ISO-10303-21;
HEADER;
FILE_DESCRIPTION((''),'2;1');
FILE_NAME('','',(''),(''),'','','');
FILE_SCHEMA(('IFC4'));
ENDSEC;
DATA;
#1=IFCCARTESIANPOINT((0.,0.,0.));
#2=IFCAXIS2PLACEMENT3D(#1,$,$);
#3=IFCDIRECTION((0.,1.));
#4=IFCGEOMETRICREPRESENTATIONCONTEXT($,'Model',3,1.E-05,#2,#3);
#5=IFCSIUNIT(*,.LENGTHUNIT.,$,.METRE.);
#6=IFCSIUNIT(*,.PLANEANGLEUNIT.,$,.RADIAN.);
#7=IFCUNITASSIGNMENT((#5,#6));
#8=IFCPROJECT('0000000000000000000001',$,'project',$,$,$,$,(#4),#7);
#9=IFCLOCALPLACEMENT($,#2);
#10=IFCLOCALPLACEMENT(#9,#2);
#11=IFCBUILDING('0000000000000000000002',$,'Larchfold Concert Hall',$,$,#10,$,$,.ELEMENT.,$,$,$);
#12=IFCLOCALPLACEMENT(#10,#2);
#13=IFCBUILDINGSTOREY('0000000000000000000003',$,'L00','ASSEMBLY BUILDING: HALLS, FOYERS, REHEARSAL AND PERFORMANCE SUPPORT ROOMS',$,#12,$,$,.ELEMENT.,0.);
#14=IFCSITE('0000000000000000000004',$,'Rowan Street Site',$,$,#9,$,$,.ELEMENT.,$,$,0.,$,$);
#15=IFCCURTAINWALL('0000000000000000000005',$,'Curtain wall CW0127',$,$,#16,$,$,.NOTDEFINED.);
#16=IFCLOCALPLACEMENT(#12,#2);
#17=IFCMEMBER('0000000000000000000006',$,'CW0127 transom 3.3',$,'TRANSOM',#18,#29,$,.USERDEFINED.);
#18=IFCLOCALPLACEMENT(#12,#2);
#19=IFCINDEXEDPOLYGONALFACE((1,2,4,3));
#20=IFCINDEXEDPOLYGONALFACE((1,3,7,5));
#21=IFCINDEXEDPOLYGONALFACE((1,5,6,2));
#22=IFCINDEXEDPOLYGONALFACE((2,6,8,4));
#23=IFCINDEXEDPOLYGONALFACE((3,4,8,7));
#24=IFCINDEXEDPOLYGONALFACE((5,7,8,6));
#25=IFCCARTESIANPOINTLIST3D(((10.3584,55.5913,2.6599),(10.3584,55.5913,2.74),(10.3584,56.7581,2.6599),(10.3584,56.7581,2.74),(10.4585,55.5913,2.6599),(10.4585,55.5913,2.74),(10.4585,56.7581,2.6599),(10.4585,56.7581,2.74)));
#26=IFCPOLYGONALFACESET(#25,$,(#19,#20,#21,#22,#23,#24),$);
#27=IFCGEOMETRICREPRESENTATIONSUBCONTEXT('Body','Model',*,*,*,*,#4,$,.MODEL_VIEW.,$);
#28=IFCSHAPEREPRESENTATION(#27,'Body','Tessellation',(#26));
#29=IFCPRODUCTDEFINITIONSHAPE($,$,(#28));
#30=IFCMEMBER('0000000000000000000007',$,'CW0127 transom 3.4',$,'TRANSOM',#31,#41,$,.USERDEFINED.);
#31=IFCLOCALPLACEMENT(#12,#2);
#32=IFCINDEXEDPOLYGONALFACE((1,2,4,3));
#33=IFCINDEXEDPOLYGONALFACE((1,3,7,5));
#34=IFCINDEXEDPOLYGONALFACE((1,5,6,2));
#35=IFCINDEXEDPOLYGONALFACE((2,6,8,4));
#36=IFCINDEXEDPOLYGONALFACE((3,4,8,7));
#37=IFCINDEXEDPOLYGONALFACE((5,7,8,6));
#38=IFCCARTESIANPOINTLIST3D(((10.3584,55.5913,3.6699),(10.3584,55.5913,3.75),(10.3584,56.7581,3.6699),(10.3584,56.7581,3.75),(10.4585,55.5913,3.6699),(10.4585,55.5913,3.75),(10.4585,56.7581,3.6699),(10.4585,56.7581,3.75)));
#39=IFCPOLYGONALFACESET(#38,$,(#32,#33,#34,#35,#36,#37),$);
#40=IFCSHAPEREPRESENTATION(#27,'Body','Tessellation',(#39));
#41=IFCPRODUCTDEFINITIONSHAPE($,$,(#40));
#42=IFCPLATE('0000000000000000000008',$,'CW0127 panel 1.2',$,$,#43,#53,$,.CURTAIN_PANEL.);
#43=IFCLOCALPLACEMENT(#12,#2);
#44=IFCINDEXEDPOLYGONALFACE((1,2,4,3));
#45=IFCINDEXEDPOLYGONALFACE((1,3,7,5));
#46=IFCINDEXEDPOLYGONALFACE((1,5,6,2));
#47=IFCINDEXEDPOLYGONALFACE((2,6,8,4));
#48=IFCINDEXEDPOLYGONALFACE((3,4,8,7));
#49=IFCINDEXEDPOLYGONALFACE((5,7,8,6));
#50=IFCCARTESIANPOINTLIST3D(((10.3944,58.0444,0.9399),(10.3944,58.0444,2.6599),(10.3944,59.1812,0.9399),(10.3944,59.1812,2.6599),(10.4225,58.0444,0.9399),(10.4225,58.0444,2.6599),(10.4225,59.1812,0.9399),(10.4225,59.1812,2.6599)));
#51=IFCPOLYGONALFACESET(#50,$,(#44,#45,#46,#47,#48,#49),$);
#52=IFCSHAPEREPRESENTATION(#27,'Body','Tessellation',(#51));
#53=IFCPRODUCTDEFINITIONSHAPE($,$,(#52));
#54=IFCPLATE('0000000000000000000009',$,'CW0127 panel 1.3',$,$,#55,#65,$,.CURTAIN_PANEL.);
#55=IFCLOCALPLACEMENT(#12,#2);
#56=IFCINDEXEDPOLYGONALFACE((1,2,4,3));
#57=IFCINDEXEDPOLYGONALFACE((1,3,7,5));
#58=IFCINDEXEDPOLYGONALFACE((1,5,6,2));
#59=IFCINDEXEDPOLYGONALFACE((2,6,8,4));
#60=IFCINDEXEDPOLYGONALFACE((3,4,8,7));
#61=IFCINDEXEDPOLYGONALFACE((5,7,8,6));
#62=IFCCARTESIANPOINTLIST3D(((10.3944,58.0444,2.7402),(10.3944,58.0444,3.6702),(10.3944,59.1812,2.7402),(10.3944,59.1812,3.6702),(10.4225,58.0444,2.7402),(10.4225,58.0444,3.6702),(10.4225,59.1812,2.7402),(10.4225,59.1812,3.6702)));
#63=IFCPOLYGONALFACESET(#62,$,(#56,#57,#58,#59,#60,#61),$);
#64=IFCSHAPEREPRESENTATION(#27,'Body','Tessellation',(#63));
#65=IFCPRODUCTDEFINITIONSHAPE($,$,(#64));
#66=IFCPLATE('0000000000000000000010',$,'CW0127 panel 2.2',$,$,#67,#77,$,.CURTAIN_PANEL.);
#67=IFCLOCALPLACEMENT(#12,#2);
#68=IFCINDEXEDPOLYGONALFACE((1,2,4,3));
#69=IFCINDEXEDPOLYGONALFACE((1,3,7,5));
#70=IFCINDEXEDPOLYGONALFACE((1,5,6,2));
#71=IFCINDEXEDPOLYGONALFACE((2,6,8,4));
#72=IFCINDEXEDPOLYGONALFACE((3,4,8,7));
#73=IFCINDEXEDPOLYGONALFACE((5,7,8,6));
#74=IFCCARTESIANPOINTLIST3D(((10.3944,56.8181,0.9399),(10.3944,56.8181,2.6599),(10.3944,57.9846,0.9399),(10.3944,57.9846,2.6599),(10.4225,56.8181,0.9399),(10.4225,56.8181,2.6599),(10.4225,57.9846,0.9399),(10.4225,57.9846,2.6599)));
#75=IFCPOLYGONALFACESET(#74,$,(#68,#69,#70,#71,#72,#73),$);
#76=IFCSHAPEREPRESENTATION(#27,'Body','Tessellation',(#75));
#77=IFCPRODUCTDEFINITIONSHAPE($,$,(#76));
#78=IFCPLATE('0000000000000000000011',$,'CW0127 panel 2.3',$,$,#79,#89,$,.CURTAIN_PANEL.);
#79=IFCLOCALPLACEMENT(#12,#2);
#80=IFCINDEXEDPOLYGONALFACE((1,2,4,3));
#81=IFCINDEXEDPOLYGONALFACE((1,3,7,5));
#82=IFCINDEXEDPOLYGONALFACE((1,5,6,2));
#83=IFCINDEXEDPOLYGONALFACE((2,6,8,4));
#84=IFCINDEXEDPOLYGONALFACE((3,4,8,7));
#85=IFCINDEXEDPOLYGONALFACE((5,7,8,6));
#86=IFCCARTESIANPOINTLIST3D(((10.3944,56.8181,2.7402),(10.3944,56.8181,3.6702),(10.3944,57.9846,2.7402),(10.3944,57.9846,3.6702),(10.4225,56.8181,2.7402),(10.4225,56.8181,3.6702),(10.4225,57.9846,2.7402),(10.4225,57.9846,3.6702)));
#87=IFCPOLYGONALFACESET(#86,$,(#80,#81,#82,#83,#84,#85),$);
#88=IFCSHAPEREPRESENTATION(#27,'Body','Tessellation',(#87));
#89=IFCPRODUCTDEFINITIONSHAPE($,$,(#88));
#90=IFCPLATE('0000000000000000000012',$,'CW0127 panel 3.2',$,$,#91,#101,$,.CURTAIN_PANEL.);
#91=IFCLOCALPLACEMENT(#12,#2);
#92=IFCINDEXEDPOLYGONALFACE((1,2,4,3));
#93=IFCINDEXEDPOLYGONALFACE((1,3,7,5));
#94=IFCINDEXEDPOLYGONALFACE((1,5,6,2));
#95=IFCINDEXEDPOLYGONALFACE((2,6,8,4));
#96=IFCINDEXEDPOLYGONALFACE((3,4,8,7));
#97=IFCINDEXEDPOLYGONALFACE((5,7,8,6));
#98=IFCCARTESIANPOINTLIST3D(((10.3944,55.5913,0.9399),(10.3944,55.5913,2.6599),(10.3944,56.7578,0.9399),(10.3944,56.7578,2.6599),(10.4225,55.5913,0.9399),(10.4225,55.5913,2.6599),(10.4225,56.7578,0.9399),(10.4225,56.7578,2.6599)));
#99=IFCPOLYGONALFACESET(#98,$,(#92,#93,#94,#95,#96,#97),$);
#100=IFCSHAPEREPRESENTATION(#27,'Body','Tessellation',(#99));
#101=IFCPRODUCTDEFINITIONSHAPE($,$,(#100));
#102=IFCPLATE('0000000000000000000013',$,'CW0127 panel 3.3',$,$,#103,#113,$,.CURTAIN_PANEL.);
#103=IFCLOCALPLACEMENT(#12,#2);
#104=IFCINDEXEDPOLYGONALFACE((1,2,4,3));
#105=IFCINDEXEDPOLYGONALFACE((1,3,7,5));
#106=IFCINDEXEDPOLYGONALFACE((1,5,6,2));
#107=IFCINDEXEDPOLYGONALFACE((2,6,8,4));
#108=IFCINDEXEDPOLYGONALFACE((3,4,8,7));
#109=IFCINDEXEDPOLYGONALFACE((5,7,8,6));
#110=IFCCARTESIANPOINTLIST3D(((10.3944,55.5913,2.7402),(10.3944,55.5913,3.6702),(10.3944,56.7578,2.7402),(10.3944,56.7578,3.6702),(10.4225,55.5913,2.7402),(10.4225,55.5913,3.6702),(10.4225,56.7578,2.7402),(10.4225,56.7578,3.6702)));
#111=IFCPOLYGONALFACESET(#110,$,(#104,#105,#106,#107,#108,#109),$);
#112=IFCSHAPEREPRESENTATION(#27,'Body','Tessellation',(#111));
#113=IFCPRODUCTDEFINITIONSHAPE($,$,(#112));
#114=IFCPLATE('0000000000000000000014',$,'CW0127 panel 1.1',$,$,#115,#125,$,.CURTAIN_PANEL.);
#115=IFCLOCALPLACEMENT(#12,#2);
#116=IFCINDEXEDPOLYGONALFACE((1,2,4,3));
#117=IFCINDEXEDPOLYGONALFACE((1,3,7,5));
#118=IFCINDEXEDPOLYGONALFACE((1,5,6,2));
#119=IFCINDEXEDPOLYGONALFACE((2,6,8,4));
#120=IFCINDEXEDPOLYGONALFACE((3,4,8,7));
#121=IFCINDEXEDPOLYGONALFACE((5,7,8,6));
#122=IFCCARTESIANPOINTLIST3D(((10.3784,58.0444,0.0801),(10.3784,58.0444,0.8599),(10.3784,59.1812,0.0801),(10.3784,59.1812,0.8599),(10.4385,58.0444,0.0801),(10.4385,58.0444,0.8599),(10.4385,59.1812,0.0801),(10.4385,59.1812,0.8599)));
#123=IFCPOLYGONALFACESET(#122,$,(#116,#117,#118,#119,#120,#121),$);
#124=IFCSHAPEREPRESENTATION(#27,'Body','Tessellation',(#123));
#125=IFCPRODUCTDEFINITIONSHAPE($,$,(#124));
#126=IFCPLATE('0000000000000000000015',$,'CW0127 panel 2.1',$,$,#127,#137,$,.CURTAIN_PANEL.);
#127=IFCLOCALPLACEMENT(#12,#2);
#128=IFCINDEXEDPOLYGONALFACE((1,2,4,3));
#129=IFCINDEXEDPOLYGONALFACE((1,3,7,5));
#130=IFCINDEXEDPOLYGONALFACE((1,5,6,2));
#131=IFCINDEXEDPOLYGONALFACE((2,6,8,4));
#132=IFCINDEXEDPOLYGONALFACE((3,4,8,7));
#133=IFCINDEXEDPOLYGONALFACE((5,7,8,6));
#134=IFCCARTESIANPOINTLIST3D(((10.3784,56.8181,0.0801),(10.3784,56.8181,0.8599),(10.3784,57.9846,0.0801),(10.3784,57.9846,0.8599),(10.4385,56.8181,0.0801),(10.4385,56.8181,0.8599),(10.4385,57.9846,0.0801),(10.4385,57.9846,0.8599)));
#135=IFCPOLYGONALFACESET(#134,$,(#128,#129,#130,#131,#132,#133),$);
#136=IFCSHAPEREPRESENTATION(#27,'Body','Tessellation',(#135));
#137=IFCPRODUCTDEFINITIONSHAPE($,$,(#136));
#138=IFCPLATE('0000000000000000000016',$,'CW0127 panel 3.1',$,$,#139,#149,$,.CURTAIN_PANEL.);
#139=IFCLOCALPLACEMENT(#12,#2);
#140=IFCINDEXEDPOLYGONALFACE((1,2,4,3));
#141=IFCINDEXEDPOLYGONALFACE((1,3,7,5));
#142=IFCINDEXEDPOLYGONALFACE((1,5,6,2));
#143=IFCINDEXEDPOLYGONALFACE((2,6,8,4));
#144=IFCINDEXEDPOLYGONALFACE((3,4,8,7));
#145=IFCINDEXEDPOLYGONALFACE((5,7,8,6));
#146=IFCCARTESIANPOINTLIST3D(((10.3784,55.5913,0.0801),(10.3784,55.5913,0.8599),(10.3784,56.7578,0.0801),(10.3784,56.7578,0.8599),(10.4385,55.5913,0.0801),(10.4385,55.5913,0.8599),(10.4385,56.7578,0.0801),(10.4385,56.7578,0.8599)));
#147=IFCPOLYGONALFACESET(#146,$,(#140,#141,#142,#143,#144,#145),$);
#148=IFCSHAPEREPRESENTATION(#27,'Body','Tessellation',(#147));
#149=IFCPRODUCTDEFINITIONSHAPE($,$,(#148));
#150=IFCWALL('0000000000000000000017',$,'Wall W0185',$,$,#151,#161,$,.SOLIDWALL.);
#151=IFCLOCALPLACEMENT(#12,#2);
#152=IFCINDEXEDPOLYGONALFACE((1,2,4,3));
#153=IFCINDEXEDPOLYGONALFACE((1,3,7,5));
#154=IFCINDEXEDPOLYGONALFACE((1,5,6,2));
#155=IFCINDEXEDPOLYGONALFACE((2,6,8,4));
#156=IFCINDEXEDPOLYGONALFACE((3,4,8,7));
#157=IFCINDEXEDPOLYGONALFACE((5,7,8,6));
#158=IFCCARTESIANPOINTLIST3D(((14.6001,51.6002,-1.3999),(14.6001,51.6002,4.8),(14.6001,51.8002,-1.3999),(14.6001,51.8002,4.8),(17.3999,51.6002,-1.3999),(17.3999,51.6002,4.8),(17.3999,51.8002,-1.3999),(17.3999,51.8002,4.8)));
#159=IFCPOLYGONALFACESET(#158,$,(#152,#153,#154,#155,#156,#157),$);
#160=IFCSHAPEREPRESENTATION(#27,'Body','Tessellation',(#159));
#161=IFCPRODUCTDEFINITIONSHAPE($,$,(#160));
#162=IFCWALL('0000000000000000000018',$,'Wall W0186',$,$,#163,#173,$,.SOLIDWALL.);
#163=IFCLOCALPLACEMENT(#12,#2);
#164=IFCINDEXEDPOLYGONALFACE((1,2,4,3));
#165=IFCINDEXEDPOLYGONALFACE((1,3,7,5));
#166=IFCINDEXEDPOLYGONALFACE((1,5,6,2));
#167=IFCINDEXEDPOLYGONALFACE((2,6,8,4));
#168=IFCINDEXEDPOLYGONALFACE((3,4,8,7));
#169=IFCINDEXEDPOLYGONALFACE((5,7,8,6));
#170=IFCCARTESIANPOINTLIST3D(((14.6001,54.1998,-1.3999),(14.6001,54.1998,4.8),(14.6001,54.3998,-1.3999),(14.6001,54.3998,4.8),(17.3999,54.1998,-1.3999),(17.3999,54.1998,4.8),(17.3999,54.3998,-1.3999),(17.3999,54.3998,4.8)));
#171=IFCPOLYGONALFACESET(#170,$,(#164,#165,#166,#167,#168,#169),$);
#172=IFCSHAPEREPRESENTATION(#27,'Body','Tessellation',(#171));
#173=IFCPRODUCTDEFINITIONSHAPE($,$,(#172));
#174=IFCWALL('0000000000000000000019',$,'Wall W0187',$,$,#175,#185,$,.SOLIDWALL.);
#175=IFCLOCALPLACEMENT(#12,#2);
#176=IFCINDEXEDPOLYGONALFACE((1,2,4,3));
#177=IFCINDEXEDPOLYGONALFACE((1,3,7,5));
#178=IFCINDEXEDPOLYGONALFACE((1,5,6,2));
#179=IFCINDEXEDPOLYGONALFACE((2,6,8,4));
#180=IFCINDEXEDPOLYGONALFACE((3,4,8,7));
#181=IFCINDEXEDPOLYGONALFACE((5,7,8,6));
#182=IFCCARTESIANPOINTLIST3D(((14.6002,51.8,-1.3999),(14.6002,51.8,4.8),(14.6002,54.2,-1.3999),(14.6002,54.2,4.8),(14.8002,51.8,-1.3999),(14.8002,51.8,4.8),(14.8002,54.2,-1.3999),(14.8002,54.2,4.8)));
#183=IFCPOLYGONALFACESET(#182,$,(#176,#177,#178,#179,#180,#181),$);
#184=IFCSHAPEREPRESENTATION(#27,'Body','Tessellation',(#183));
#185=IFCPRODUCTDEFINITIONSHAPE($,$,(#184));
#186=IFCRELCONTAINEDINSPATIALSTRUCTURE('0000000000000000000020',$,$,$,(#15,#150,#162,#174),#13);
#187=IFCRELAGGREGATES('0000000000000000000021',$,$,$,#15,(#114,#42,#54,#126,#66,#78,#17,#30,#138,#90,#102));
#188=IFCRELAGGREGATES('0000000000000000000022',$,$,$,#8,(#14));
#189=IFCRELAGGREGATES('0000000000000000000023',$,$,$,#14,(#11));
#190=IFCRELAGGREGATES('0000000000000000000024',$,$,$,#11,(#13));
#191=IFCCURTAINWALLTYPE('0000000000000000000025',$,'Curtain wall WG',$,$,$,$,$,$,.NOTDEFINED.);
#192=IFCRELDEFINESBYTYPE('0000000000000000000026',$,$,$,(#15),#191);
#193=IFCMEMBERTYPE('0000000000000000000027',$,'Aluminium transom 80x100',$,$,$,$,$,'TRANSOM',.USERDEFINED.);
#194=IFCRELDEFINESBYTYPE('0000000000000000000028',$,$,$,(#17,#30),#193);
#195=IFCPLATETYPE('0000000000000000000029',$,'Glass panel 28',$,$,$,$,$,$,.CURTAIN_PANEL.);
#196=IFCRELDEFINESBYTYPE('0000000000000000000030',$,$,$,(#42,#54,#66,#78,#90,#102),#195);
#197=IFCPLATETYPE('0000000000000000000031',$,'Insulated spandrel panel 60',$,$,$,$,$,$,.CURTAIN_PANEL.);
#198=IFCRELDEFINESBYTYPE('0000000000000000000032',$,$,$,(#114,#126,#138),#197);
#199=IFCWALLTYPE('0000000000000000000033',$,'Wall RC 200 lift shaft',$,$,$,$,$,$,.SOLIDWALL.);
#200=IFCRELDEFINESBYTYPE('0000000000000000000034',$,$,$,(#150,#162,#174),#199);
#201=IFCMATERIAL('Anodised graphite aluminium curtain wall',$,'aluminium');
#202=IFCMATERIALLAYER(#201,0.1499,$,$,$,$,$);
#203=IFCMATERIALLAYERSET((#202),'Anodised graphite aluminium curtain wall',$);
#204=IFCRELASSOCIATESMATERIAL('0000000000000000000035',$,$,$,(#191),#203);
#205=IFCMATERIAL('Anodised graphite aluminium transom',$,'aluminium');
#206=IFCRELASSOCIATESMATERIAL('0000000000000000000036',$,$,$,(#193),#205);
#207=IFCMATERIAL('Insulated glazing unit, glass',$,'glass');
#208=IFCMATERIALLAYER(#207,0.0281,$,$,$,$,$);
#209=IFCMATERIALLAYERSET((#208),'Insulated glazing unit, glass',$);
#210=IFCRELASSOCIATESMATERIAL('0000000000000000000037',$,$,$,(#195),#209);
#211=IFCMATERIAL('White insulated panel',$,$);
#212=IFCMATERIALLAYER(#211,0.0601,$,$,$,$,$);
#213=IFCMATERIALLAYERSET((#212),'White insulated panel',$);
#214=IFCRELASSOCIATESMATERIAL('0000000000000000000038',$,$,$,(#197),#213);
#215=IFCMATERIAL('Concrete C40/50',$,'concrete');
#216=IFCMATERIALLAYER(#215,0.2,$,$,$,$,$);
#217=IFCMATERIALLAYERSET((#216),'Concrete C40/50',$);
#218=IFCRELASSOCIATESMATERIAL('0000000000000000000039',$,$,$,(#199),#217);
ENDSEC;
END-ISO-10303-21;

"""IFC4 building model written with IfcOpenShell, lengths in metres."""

from ifc_helpers import new_model, si_unit, direction, frame, frame_2d, origin, origin_2d, place, context, subcontext, project, spatial, rectangle, extrude, material, layer, layer_set, material_profile, profile_set, type_object, element, aggregate, save


model = new_model("IFC4")

# Units and contexts
model_context = context("Model", 3, precision=1e-05, world=origin(), true_north=direction((0.0, 1.0)))
body_context = subcontext(model_context, "Body", "Model", "MODEL_VIEW")
ifc_project = project(units=[si_unit("LENGTHUNIT", "METRE"), si_unit("PLANEANGLEUNIT", "RADIAN")], contexts=[model_context])

# Site, building, storey
site_placement = place(None, origin())
site = spatial("IfcSite", under=ifc_project, at=site_placement, Name="Rowan Street Site", CompositionType="ELEMENT", RefElevation=0.0)
building_placement = place(site_placement, origin())
building = spatial("IfcBuilding", under=site, at=building_placement, Name="Larchfold Concert Hall", CompositionType="ELEMENT")
storey_placement = place(building_placement, origin())
storey = spatial("IfcBuildingStorey", under=building, at=storey_placement, Name="L00", Description="ASSEMBLY BUILDING: HALLS, FOYERS, REHEARSAL AND PERFORMANCE SUPPORT ROOMS", CompositionType="ELEMENT", Elevation=0.0)

# Curtain wall, members, plates
ifc_material_1 = material(Name="Anodised graphite aluminium curtain wall", Category="aluminium")
ifc_layer_1 = layer(ifc_material_1, 0.1499)
ifc_layer_set_1 = layer_set([ifc_layer_1], Name="Anodised graphite aluminium curtain wall")
curtain_wall_type = type_object("IfcCurtainWallType", Name="Curtain wall WG", PredefinedType="NOTDEFINED", material=ifc_layer_set_1)
curtain_wall_placement = place(storey_placement, origin())
curtain_wall = element("IfcCurtainWall", 1, at=curtain_wall_placement, inside=storey, type_object=curtain_wall_type, Name="Curtain wall CW0127", PredefinedType="NOTDEFINED")
ifc_material_2 = material(Name="Anodised graphite aluminium transom", Category="aluminium")
ifc_material_profile_1 = material_profile(ifc_material_2, rectangle(XDim=0.1001, YDim=0.0801, at=origin_2d()))
ifc_profile_set_1 = profile_set([ifc_material_profile_1], Name="Anodised graphite aluminium transom")
member_type_1 = type_object("IfcMemberType", Name="Aluminium transom 80x100", ElementType="TRANSOM", PredefinedType="USERDEFINED", material=ifc_profile_set_1)
member_1_placement = place(storey_placement, frame((10.4084, 56.7581, 2.7), z_axis=(0.0, -1.0, 0.0), x_axis=(1.0, 0.0, 0.0)))
member_1 = element("IfcMember", 2, at=member_1_placement, type_object=member_type_1, Name="CW0127 transom 3.3", ObjectType="TRANSOM", PredefinedType="USERDEFINED", context=body_context, shape_type="SweptSolid", body=[
    extrude(rectangle(XDim=0.1001, YDim=0.0801, at=origin_2d()), origin(), (0.0, 0.0, 1.0), 1.1667),
])
member_2_placement = place(storey_placement, frame((10.4084, 56.7581, 3.71), z_axis=(0.0, -1.0, 0.0), x_axis=(1.0, 0.0, 0.0)))
member_2 = element("IfcMember", 3, at=member_2_placement, type_object=member_type_1, Name="CW0127 transom 3.4", ObjectType="TRANSOM", PredefinedType="USERDEFINED", context=body_context, shape_type="SweptSolid", body=[
    extrude(rectangle(XDim=0.1001, YDim=0.0801, at=origin_2d()), origin(), (0.0, 0.0, 1.0), 1.1667),
])
ifc_material_3 = material(Name="Insulated glazing unit, glass", Category="glass")
ifc_layer_2 = layer(ifc_material_3, 0.0281)
ifc_layer_set_2 = layer_set([ifc_layer_2], Name="Insulated glazing unit, glass")
plate_type_1 = type_object("IfcPlateType", Name="Glass panel 28", PredefinedType="CURTAIN_PANEL", material=ifc_layer_set_2)
plate_1_placement = place(storey_placement, frame((10.4084, 58.6128, 0.9399), z_axis=(0.0, 0.0, 1.0), x_axis=(0.0, -1.0, 0.0)))
plate_1 = element("IfcPlate", 4, at=plate_1_placement, type_object=plate_type_1, Name="CW0127 panel 1.2", PredefinedType="CURTAIN_PANEL", context=body_context, shape_type="SweptSolid", body=[
    extrude(rectangle(XDim=1.1367, YDim=0.0281, at=origin_2d()), origin(), (0.0, 0.0, 1.0), 1.72),
])
plate_2_placement = place(storey_placement, frame((10.4084, 58.6128, 2.7402), z_axis=(0.0, 0.0, 1.0), x_axis=(0.0, -1.0, 0.0)))
plate_2 = element("IfcPlate", 5, at=plate_2_placement, type_object=plate_type_1, Name="CW0127 panel 1.3", PredefinedType="CURTAIN_PANEL", context=body_context, shape_type="SweptSolid", body=[
    extrude(rectangle(XDim=1.1367, YDim=0.0281, at=origin_2d()), origin(), (0.0, 0.0, 1.0), 0.9299),
])
plate_3_placement = place(storey_placement, frame((10.4084, 57.4014, 0.9399), z_axis=(0.0, 0.0, 1.0), x_axis=(0.0, -1.0, 0.0)))
plate_3 = element("IfcPlate", 6, at=plate_3_placement, type_object=plate_type_1, Name="CW0127 panel 2.2", PredefinedType="CURTAIN_PANEL", context=body_context, shape_type="SweptSolid", body=[
    extrude(rectangle(XDim=1.1665, YDim=0.0281, at=origin_2d()), origin(), (0.0, 0.0, 1.0), 1.72),
])
plate_4_placement = place(storey_placement, frame((10.4084, 57.4014, 2.7402), z_axis=(0.0, 0.0, 1.0), x_axis=(0.0, -1.0, 0.0)))
plate_4 = element("IfcPlate", 7, at=plate_4_placement, type_object=plate_type_1, Name="CW0127 panel 2.3", PredefinedType="CURTAIN_PANEL", context=body_context, shape_type="SweptSolid", body=[
    extrude(rectangle(XDim=1.1665, YDim=0.0281, at=origin_2d()), origin(), (0.0, 0.0, 1.0), 0.9299),
])
plate_5_placement = place(storey_placement, frame((10.4084, 56.1746, 0.9399), z_axis=(0.0, 0.0, 1.0), x_axis=(0.0, -1.0, 0.0)))
plate_5 = element("IfcPlate", 8, at=plate_5_placement, type_object=plate_type_1, Name="CW0127 panel 3.2", PredefinedType="CURTAIN_PANEL", context=body_context, shape_type="SweptSolid", body=[
    extrude(rectangle(XDim=1.1665, YDim=0.0281, at=origin_2d()), origin(), (0.0, 0.0, 1.0), 1.72),
])
plate_6_placement = place(storey_placement, frame((10.4084, 56.1746, 2.7402), z_axis=(0.0, 0.0, 1.0), x_axis=(0.0, -1.0, 0.0)))
plate_6 = element("IfcPlate", 9, at=plate_6_placement, type_object=plate_type_1, Name="CW0127 panel 3.3", PredefinedType="CURTAIN_PANEL", context=body_context, shape_type="SweptSolid", body=[
    extrude(rectangle(XDim=1.1665, YDim=0.0281, at=origin_2d()), origin(), (0.0, 0.0, 1.0), 0.9299),
])
ifc_material_4 = material(Name="White insulated panel")
ifc_layer_3 = layer(ifc_material_4, 0.0601)
ifc_layer_set_3 = layer_set([ifc_layer_3], Name="White insulated panel")
plate_type_2 = type_object("IfcPlateType", Name="Insulated spandrel panel 60", PredefinedType="CURTAIN_PANEL", material=ifc_layer_set_3)
plate_7_placement = place(storey_placement, frame((10.4084, 58.6128, 0.0801), z_axis=(0.0, 0.0, 1.0), x_axis=(0.0, -1.0, 0.0)))
plate_7 = element("IfcPlate", 10, at=plate_7_placement, type_object=plate_type_2, Name="CW0127 panel 1.1", PredefinedType="CURTAIN_PANEL", context=body_context, shape_type="SweptSolid", body=[
    extrude(rectangle(XDim=1.1367, YDim=0.0601, at=origin_2d()), origin(), (0.0, 0.0, 1.0), 0.7798),
])
plate_8_placement = place(storey_placement, frame((10.4084, 57.4014, 0.0801), z_axis=(0.0, 0.0, 1.0), x_axis=(0.0, -1.0, 0.0)))
plate_8 = element("IfcPlate", 11, at=plate_8_placement, type_object=plate_type_2, Name="CW0127 panel 2.1", PredefinedType="CURTAIN_PANEL", context=body_context, shape_type="SweptSolid", body=[
    extrude(rectangle(XDim=1.1665, YDim=0.0601, at=origin_2d()), origin(), (0.0, 0.0, 1.0), 0.7798),
])
plate_9_placement = place(storey_placement, frame((10.4084, 56.1746, 0.0801), z_axis=(0.0, 0.0, 1.0), x_axis=(0.0, -1.0, 0.0)))
plate_9 = element("IfcPlate", 12, at=plate_9_placement, type_object=plate_type_2, Name="CW0127 panel 3.1", PredefinedType="CURTAIN_PANEL", context=body_context, shape_type="SweptSolid", body=[
    extrude(rectangle(XDim=1.1665, YDim=0.0601, at=origin_2d()), origin(), (0.0, 0.0, 1.0), 0.7798),
])
aggregate(curtain_wall, [plate_7, plate_1, plate_2, plate_8, plate_3, plate_4, member_1, member_2, plate_9, plate_5, plate_6])

# Walls
ifc_material_5 = material(Name="Concrete C40/50", Category="concrete")
ifc_layer_4 = layer(ifc_material_5, 0.2)
ifc_layer_set_4 = layer_set([ifc_layer_4], Name="Concrete C40/50")
wall_type = type_object("IfcWallType", Name="Wall RC 200 lift shaft", PredefinedType="SOLIDWALL", material=ifc_layer_set_4)
for number, where, z_axis, x_axis, name in (
    (13, (14.6001, 51.7002, -1.3999), (0.0, 0.0, 1.0), (1.0, 0.0, 0.0), "Wall W0185"),
    (14, (14.6001, 54.2998, -1.3999), (0.0, 0.0, 1.0), (1.0, 0.0, 0.0), "Wall W0186"),
):
    element("IfcWall", number, at=place(storey_placement, frame(where, z_axis=z_axis, x_axis=x_axis)), inside=storey, type_object=wall_type, Name=name, PredefinedType="SOLIDWALL", context=body_context, shape_type="SweptSolid", body=[
        extrude(rectangle(XDim=2.7998, YDim=0.2, at=frame_2d((1.3999, 0.0))), origin(), (0.0, 0.0, 1.0), 6.2),
    ])
wall_1_placement = place(storey_placement, frame((14.7002, 51.8, -1.3999), z_axis=(0.0, 0.0, 1.0), x_axis=(0.0, 1.0, 0.0)))
element("IfcWall", 15, at=wall_1_placement, inside=storey, type_object=wall_type, Name="Wall W0187", PredefinedType="SOLIDWALL", context=body_context, shape_type="SweptSolid", body=[
    extrude(rectangle(XDim=2.3999, YDim=0.2, at=frame_2d((1.2, 0.0))), origin(), (0.0, 0.0, 1.0), 6.2),
])

save(model, "model.ifc")
